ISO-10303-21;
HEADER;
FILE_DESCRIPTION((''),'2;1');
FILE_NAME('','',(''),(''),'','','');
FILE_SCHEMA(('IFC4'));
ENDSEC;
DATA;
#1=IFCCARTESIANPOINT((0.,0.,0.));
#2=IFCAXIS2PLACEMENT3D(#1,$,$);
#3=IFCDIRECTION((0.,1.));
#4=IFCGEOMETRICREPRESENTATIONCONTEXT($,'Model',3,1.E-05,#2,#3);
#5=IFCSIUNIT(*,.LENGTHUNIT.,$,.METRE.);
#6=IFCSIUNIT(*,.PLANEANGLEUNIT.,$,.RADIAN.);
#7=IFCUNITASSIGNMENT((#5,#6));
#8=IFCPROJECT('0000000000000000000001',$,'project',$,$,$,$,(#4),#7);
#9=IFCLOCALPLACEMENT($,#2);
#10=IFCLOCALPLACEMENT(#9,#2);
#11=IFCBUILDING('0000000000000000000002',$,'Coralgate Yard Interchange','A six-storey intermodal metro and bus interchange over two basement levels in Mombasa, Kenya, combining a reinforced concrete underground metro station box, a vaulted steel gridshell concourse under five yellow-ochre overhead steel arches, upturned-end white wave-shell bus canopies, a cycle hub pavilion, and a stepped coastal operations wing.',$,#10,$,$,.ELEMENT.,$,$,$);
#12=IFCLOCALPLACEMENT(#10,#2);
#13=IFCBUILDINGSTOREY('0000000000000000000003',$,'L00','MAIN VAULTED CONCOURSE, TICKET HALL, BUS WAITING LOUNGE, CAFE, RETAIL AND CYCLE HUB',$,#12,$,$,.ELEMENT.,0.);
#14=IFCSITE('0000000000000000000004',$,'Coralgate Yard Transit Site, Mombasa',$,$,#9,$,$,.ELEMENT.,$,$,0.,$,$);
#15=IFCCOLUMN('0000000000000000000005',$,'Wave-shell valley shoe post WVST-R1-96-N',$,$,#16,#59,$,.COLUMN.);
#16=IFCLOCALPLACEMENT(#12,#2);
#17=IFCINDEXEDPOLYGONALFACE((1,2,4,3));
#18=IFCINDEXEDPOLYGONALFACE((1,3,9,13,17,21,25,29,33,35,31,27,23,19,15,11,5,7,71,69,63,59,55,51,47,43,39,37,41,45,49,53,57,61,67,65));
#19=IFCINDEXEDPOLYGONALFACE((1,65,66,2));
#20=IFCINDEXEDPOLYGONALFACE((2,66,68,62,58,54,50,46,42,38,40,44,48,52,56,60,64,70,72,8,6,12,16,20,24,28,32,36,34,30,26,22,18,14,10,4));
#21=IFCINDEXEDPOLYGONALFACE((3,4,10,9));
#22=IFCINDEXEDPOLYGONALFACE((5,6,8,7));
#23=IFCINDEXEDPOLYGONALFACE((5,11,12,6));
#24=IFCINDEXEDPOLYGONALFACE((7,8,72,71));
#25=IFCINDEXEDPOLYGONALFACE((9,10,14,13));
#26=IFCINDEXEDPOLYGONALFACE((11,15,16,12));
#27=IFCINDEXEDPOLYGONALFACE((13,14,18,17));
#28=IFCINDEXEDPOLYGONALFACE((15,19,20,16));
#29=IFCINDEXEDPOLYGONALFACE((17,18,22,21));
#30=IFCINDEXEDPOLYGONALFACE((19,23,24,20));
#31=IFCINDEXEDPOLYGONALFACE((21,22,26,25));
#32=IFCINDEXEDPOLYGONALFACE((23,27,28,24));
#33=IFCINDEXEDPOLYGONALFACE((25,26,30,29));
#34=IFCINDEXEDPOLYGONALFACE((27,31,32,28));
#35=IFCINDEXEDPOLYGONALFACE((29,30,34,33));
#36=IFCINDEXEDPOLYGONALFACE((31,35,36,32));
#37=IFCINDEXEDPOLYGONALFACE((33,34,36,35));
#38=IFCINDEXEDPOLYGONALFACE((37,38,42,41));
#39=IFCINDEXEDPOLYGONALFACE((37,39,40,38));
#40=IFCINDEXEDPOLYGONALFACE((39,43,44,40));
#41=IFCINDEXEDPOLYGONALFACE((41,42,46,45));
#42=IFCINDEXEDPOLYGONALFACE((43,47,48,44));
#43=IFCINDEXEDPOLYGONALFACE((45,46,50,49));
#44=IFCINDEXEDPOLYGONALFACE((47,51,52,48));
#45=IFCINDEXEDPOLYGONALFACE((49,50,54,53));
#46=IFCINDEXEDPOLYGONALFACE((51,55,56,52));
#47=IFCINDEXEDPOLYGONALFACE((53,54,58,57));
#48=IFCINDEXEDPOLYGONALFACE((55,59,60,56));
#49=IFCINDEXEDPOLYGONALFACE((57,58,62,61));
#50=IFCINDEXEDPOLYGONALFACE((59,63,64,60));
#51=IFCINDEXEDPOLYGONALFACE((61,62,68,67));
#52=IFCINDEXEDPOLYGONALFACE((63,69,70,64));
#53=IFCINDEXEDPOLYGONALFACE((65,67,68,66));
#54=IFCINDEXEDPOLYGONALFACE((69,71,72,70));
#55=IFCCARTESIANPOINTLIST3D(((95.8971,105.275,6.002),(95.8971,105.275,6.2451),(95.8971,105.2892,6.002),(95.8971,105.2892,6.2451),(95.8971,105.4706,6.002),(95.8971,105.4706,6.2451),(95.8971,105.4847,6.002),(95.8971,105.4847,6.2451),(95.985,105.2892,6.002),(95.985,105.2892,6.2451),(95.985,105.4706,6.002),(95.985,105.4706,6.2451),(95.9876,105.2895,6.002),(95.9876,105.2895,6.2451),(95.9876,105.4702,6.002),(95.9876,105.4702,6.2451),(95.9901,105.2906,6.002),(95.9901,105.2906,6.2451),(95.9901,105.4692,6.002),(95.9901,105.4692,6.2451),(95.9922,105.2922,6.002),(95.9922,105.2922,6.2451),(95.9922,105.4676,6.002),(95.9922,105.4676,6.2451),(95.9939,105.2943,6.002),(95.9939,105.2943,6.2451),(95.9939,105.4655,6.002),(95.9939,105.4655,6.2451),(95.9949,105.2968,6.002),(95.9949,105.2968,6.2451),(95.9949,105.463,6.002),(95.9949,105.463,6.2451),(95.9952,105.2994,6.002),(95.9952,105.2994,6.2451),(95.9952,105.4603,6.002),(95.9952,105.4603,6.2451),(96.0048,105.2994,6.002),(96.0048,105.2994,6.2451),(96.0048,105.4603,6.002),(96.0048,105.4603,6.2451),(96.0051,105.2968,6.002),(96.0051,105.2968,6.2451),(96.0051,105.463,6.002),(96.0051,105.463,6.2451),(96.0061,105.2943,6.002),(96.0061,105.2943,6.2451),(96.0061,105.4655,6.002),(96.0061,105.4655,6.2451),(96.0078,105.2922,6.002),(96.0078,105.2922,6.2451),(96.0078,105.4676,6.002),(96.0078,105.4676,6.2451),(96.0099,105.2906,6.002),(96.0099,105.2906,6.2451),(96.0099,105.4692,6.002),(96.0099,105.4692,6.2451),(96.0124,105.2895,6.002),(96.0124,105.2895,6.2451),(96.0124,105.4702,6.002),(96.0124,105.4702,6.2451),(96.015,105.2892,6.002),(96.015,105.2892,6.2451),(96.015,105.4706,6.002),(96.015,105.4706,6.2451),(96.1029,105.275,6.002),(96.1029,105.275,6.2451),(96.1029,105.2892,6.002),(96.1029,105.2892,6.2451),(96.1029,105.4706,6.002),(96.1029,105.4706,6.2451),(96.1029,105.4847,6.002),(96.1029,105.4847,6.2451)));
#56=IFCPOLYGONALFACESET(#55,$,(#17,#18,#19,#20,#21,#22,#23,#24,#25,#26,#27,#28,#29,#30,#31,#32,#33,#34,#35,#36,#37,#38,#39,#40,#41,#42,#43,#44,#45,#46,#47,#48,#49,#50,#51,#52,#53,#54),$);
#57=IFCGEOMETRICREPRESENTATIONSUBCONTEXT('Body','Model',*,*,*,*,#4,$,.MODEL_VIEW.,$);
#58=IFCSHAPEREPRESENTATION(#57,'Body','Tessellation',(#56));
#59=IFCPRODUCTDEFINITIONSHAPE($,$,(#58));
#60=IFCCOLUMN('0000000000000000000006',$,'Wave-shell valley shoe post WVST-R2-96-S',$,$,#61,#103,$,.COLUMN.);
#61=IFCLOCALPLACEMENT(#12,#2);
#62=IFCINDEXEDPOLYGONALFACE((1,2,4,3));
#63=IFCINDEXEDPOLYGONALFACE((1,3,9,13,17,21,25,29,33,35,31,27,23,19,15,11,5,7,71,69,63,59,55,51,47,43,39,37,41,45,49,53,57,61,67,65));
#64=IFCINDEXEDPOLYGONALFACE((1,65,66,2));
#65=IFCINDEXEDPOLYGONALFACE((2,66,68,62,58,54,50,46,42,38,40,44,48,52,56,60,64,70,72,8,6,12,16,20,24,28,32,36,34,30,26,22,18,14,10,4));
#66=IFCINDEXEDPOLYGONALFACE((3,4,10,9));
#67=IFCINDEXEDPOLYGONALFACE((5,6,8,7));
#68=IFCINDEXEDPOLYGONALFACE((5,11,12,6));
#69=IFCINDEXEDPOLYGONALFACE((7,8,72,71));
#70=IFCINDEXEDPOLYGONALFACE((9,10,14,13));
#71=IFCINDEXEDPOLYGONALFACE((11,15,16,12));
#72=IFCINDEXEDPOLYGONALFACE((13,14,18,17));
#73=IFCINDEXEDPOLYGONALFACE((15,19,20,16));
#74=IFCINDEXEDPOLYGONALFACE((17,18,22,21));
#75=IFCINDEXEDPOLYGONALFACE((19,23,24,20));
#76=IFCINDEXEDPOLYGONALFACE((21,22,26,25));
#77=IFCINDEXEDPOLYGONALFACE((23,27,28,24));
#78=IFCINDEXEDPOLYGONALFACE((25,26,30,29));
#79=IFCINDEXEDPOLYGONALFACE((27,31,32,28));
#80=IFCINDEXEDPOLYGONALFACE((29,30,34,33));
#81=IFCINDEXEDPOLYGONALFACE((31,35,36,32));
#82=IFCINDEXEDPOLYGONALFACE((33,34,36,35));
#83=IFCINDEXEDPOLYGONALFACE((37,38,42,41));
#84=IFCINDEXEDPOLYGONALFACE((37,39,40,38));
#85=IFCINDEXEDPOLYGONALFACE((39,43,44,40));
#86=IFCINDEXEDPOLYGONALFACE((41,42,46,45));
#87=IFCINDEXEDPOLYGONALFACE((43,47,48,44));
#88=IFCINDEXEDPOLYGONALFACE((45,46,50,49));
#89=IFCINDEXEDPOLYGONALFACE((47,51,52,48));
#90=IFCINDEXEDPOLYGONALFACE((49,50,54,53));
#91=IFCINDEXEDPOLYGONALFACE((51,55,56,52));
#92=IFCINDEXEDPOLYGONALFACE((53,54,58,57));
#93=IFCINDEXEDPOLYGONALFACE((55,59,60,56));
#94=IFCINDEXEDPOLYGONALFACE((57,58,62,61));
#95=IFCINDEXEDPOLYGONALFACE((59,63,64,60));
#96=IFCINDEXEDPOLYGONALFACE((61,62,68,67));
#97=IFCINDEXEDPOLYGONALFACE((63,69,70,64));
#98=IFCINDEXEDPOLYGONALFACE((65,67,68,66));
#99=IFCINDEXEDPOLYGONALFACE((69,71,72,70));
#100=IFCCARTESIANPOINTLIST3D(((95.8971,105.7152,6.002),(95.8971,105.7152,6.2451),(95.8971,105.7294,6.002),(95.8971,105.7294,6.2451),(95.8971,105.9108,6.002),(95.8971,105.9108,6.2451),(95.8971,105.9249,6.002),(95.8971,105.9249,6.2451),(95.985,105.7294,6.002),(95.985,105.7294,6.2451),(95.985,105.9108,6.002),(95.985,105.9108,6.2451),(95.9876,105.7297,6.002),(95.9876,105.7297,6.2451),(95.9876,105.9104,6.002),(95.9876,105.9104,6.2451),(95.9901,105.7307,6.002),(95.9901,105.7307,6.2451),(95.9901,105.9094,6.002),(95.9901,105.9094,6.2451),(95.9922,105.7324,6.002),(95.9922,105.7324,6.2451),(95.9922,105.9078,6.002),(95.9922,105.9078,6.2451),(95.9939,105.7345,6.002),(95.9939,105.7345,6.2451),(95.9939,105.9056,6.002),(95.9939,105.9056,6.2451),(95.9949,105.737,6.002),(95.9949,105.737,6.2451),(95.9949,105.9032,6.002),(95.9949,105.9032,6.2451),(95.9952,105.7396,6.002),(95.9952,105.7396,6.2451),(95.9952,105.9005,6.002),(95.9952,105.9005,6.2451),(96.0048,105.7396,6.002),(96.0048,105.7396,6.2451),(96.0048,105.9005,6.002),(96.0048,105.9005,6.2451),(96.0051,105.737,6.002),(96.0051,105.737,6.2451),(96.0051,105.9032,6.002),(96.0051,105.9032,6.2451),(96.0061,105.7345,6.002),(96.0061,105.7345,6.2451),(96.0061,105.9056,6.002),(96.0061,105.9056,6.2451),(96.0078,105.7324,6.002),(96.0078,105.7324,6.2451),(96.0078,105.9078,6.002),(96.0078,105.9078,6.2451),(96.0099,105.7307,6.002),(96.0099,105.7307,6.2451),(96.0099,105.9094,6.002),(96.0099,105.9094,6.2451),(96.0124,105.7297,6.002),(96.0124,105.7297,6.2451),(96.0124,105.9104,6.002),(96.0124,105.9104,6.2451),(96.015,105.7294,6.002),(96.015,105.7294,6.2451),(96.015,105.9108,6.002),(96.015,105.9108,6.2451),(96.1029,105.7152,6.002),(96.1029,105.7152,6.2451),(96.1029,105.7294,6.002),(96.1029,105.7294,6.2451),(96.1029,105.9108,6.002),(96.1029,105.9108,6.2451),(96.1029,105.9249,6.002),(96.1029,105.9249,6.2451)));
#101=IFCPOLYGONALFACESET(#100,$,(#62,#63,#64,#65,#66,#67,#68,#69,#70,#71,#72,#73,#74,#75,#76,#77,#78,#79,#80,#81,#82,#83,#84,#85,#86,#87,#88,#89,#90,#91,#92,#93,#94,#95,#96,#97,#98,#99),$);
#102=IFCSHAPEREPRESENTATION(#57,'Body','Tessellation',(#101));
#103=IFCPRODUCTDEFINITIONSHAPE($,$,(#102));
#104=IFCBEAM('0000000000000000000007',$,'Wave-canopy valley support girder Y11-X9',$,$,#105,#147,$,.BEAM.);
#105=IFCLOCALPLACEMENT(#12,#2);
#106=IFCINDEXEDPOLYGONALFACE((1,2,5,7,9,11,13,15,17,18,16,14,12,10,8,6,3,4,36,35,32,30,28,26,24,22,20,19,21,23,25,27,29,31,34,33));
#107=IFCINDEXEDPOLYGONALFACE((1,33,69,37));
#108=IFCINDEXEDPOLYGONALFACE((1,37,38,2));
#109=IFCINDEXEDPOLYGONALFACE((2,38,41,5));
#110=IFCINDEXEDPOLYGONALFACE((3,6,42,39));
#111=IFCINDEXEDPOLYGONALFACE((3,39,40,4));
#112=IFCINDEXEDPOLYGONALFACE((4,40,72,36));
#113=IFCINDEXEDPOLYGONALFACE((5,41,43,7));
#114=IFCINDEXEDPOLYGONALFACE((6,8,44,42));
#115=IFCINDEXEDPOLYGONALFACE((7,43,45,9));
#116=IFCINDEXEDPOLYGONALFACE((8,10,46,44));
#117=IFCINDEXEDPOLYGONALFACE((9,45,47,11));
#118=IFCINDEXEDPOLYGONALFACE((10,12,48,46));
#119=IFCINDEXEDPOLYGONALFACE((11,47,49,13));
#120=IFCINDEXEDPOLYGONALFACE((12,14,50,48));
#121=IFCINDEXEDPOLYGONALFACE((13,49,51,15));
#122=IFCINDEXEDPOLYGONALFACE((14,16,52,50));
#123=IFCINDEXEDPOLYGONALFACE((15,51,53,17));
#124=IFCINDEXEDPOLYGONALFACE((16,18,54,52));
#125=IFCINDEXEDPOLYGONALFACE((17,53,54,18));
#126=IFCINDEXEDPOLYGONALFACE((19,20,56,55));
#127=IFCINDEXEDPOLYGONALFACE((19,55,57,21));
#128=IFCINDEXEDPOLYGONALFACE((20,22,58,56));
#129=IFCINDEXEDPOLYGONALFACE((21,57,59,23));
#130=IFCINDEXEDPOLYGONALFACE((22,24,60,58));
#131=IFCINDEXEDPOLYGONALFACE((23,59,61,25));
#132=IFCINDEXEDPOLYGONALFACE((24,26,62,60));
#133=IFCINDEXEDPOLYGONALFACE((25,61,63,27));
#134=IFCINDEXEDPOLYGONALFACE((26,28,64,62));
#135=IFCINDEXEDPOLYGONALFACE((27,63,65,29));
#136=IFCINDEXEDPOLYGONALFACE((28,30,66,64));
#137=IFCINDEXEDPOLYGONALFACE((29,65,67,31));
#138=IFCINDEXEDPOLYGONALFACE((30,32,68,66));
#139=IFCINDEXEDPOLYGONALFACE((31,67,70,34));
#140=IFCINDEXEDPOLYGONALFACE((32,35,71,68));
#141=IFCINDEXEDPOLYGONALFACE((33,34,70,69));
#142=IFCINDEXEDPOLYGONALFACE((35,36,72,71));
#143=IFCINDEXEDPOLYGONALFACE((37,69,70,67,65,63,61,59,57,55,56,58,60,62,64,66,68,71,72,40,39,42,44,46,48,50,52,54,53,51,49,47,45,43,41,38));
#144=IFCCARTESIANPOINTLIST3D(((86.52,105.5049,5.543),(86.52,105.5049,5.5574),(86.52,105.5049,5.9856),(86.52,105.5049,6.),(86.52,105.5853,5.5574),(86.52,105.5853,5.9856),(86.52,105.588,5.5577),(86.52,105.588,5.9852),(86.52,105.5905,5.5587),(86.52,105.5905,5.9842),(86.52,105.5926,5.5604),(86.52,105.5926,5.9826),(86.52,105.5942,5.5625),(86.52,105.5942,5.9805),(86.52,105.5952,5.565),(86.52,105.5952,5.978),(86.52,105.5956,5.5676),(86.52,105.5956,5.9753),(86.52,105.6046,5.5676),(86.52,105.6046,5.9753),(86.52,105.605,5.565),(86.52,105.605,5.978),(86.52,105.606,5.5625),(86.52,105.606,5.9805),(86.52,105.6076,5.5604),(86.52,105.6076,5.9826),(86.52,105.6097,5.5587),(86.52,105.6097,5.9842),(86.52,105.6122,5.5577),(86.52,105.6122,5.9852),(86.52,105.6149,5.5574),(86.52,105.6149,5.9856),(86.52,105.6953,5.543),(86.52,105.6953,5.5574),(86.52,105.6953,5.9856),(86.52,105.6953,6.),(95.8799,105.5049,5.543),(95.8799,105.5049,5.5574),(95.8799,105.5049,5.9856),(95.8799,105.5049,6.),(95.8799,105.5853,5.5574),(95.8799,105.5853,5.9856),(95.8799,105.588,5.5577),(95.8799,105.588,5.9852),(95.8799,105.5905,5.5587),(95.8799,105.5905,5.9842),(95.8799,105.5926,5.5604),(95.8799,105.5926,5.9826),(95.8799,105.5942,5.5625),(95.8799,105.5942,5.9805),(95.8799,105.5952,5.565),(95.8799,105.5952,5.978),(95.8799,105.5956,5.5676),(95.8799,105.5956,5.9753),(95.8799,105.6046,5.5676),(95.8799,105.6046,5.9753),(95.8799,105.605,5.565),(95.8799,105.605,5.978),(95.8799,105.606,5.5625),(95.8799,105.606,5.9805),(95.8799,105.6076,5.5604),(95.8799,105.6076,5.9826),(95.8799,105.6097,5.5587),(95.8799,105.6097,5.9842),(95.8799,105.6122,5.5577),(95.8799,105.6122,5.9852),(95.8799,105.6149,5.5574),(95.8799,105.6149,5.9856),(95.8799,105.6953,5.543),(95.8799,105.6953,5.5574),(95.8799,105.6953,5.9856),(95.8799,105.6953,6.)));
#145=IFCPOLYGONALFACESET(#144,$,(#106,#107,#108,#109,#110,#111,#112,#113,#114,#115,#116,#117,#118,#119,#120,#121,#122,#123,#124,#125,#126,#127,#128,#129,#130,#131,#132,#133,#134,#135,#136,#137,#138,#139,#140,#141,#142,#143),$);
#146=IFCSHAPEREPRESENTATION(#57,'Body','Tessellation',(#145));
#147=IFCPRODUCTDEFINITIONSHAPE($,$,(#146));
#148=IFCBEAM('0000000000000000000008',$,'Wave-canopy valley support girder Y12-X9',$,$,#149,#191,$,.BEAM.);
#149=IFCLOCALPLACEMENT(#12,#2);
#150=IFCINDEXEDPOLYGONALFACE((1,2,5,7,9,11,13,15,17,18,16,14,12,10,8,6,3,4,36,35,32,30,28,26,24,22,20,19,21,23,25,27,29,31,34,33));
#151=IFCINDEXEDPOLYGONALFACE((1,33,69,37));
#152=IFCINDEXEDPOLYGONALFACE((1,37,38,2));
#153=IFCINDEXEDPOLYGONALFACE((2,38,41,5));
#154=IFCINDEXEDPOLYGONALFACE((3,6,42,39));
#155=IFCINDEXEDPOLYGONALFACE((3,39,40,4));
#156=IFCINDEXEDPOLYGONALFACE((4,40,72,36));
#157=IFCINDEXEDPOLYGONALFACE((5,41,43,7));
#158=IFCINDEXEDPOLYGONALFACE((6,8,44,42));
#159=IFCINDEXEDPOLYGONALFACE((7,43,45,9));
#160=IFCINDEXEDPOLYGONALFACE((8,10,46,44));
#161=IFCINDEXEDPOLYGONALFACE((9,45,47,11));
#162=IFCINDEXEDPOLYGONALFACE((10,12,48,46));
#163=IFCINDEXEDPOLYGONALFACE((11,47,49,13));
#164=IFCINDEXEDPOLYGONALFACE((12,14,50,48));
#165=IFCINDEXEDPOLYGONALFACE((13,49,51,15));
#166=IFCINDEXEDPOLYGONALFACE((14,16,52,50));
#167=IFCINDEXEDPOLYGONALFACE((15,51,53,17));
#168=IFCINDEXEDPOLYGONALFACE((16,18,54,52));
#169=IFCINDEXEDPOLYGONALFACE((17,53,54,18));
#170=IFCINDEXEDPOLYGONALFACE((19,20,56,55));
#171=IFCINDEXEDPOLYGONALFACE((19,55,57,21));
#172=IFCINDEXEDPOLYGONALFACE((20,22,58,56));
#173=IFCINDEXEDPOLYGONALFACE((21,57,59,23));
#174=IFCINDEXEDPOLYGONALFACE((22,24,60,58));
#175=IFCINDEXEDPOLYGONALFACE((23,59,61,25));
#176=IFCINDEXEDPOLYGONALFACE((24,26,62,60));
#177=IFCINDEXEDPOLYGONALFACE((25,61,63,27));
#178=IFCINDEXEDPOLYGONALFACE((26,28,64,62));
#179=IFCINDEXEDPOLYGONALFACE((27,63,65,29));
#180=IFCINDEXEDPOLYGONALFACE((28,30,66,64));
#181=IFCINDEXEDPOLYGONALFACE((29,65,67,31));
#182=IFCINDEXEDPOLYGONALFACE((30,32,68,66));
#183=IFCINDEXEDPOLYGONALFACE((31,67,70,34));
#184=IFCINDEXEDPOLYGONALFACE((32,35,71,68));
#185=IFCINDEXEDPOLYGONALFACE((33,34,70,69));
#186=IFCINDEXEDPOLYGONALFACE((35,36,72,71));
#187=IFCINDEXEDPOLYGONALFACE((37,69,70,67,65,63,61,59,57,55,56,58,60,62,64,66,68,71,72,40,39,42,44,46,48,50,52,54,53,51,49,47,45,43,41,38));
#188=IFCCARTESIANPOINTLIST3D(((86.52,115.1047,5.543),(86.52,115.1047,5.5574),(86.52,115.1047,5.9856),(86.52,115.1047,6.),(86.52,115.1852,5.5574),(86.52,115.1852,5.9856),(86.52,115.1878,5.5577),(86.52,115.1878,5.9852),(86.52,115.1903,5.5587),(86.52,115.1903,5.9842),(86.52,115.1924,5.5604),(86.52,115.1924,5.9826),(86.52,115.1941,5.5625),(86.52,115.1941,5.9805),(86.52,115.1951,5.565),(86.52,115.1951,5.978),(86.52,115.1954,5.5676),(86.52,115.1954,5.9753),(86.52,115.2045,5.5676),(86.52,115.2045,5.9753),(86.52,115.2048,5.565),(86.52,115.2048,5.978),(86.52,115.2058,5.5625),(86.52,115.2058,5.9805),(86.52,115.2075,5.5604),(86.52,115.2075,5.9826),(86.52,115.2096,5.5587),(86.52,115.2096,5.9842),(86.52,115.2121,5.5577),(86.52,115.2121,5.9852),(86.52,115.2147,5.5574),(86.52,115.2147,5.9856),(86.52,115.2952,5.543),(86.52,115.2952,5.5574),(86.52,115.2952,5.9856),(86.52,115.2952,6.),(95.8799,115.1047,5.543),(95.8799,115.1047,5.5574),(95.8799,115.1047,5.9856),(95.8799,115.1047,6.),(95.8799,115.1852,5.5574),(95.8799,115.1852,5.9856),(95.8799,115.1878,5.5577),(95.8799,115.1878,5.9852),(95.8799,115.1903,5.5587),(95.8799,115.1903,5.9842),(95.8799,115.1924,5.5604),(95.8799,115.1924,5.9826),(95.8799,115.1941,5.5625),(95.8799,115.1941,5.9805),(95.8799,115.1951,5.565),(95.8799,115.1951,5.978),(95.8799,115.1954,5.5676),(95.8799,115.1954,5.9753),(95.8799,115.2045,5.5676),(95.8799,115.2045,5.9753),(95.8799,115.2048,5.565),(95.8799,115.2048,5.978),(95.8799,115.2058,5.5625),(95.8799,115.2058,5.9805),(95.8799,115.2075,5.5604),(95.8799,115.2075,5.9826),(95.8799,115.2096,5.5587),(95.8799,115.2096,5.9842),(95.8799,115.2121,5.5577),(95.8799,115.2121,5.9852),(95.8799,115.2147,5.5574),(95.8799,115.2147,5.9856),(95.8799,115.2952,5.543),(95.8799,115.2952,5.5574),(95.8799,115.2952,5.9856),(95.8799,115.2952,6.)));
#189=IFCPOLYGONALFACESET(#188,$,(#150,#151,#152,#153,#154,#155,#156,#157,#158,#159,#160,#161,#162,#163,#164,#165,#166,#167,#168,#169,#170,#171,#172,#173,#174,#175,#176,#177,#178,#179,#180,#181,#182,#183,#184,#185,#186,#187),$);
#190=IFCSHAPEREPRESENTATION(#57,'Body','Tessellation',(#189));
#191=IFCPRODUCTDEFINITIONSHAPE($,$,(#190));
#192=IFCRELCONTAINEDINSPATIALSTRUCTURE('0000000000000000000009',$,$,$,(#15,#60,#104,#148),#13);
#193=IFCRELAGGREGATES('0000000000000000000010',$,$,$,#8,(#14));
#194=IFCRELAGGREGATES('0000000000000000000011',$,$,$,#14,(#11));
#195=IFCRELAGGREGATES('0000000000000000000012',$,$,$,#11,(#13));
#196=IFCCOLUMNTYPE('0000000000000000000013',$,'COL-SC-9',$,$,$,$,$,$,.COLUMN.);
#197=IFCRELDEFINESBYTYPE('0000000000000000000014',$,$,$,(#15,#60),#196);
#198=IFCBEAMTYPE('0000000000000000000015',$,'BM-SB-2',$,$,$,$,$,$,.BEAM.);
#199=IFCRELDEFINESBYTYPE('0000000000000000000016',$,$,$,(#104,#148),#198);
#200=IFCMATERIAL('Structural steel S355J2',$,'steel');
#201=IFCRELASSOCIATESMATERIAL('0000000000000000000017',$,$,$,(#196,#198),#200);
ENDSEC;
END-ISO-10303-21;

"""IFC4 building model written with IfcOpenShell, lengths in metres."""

from ifc_helpers import new_model, si_unit, direction, frame, origin, origin_2d, place, context, subcontext, project, spatial, i_section, extrude, material, material_profile, profile_set, type_object, element, save


model = new_model("IFC4")

# Units and contexts
model_context = context("Model", 3, precision=1e-05, world=origin(), true_north=direction((0.0, 1.0)))
body_context = subcontext(model_context, "Body", "Model", "MODEL_VIEW")
ifc_project = project(units=[si_unit("LENGTHUNIT", "METRE"), si_unit("PLANEANGLEUNIT", "RADIAN")], contexts=[model_context])

# Site, building, storey
site_placement = place(None, origin())
site = spatial("IfcSite", under=ifc_project, at=site_placement, Name="Coralgate Yard Transit Site, Mombasa", CompositionType="ELEMENT", RefElevation=0.0)
building_placement = place(site_placement, origin())
building = spatial("IfcBuilding", under=site, at=building_placement, Name="Coralgate Yard Interchange", Description="A six-storey intermodal metro and bus interchange over two basement levels in Mombasa, Kenya, combining a reinforced concrete underground metro station box, a vaulted steel gridshell concourse under five yellow-ochre overhead steel arches, upturned-end white wave-shell bus canopies, a cycle hub pavilion, and a stepped coastal operations wing.", CompositionType="ELEMENT")
storey_placement = place(building_placement, origin())
storey = spatial("IfcBuildingStorey", under=building, at=storey_placement, Name="L00", Description="MAIN VAULTED CONCOURSE, TICKET HALL, BUS WAITING LOUNGE, CAFE, RETAIL AND CYCLE HUB", CompositionType="ELEMENT", Elevation=0.0)

# Columns
ifc_material_1 = material(Name="Structural steel S355J2", Category="steel")
ifc_material_profile_1 = material_profile(ifc_material_1, i_section(OverallWidth=0.2058, OverallDepth=0.2097, WebThickness=0.0095, FlangeThickness=0.0142, FilletRadius=0.0103, at=origin_2d()), Name="UC 203x203x60")
ifc_profile_set_1 = profile_set([ifc_material_profile_1], Name="Structural steel S355J2")
column_type_1 = type_object("IfcColumnType", Name="COL-SC-9", PredefinedType="COLUMN", material=ifc_profile_set_1)
for number, where, z_axis, x_axis, name in (
    (1, (96.0, 105.3799, 6.002), (0.0, 0.0, 1.0), (1.0, 0.0, 0.0), "Wave-shell valley shoe post WVST-R1-96-N"),
    (2, (96.0, 105.8201, 6.002), (0.0, 0.0, 1.0), (1.0, 0.0, 0.0), "Wave-shell valley shoe post WVST-R2-96-S"),
):
    element("IfcColumn", number, at=place(storey_placement, frame(where, z_axis=z_axis, x_axis=x_axis)), inside=storey, type_object=column_type_1, Name=name, PredefinedType="COLUMN", context=body_context, shape_type="SweptSolid", body=[
        extrude(i_section(OverallWidth=0.2058, OverallDepth=0.2097, WebThickness=0.0095, FlangeThickness=0.0142, FilletRadius=0.0103, at=origin_2d()), origin(), (0.0, 0.0, 1.0), 0.2432),
    ])

# Beams
ifc_material_profile_2 = material_profile(ifc_material_1, i_section(OverallWidth=0.1904, OverallDepth=0.457, WebThickness=0.009, FlangeThickness=0.0144, FilletRadius=0.0103, at=origin_2d()), Name="UB 457x191x74")
ifc_profile_set_2 = profile_set([ifc_material_profile_2], Name="Structural steel S355J2")
beam_type_1 = type_object("IfcBeamType", Name="BM-SB-2", PredefinedType="BEAM", material=ifc_profile_set_2)
for number, where, z_axis, x_axis, name in (
    (3, (86.52, 105.6001, 5.7715), (1.0, 0.0, 0.0), (0.0, 1.0, 0.0), "Wave-canopy valley support girder Y11-X9"),
    (4, (86.52, 115.2, 5.7715), (1.0, 0.0, 0.0), (0.0, 1.0, 0.0), "Wave-canopy valley support girder Y12-X9"),
):
    element("IfcBeam", number, at=place(storey_placement, frame(where, z_axis=z_axis, x_axis=x_axis)), inside=storey, type_object=beam_type_1, Name=name, PredefinedType="BEAM", context=body_context, shape_type="SweptSolid", body=[
        extrude(i_section(OverallWidth=0.1904, OverallDepth=0.457, WebThickness=0.009, FlangeThickness=0.0144, FilletRadius=0.0103, at=origin_2d()), origin(), (0.0, 0.0, 1.0), 9.3599),
    ])

save(model, "model.ifc")
